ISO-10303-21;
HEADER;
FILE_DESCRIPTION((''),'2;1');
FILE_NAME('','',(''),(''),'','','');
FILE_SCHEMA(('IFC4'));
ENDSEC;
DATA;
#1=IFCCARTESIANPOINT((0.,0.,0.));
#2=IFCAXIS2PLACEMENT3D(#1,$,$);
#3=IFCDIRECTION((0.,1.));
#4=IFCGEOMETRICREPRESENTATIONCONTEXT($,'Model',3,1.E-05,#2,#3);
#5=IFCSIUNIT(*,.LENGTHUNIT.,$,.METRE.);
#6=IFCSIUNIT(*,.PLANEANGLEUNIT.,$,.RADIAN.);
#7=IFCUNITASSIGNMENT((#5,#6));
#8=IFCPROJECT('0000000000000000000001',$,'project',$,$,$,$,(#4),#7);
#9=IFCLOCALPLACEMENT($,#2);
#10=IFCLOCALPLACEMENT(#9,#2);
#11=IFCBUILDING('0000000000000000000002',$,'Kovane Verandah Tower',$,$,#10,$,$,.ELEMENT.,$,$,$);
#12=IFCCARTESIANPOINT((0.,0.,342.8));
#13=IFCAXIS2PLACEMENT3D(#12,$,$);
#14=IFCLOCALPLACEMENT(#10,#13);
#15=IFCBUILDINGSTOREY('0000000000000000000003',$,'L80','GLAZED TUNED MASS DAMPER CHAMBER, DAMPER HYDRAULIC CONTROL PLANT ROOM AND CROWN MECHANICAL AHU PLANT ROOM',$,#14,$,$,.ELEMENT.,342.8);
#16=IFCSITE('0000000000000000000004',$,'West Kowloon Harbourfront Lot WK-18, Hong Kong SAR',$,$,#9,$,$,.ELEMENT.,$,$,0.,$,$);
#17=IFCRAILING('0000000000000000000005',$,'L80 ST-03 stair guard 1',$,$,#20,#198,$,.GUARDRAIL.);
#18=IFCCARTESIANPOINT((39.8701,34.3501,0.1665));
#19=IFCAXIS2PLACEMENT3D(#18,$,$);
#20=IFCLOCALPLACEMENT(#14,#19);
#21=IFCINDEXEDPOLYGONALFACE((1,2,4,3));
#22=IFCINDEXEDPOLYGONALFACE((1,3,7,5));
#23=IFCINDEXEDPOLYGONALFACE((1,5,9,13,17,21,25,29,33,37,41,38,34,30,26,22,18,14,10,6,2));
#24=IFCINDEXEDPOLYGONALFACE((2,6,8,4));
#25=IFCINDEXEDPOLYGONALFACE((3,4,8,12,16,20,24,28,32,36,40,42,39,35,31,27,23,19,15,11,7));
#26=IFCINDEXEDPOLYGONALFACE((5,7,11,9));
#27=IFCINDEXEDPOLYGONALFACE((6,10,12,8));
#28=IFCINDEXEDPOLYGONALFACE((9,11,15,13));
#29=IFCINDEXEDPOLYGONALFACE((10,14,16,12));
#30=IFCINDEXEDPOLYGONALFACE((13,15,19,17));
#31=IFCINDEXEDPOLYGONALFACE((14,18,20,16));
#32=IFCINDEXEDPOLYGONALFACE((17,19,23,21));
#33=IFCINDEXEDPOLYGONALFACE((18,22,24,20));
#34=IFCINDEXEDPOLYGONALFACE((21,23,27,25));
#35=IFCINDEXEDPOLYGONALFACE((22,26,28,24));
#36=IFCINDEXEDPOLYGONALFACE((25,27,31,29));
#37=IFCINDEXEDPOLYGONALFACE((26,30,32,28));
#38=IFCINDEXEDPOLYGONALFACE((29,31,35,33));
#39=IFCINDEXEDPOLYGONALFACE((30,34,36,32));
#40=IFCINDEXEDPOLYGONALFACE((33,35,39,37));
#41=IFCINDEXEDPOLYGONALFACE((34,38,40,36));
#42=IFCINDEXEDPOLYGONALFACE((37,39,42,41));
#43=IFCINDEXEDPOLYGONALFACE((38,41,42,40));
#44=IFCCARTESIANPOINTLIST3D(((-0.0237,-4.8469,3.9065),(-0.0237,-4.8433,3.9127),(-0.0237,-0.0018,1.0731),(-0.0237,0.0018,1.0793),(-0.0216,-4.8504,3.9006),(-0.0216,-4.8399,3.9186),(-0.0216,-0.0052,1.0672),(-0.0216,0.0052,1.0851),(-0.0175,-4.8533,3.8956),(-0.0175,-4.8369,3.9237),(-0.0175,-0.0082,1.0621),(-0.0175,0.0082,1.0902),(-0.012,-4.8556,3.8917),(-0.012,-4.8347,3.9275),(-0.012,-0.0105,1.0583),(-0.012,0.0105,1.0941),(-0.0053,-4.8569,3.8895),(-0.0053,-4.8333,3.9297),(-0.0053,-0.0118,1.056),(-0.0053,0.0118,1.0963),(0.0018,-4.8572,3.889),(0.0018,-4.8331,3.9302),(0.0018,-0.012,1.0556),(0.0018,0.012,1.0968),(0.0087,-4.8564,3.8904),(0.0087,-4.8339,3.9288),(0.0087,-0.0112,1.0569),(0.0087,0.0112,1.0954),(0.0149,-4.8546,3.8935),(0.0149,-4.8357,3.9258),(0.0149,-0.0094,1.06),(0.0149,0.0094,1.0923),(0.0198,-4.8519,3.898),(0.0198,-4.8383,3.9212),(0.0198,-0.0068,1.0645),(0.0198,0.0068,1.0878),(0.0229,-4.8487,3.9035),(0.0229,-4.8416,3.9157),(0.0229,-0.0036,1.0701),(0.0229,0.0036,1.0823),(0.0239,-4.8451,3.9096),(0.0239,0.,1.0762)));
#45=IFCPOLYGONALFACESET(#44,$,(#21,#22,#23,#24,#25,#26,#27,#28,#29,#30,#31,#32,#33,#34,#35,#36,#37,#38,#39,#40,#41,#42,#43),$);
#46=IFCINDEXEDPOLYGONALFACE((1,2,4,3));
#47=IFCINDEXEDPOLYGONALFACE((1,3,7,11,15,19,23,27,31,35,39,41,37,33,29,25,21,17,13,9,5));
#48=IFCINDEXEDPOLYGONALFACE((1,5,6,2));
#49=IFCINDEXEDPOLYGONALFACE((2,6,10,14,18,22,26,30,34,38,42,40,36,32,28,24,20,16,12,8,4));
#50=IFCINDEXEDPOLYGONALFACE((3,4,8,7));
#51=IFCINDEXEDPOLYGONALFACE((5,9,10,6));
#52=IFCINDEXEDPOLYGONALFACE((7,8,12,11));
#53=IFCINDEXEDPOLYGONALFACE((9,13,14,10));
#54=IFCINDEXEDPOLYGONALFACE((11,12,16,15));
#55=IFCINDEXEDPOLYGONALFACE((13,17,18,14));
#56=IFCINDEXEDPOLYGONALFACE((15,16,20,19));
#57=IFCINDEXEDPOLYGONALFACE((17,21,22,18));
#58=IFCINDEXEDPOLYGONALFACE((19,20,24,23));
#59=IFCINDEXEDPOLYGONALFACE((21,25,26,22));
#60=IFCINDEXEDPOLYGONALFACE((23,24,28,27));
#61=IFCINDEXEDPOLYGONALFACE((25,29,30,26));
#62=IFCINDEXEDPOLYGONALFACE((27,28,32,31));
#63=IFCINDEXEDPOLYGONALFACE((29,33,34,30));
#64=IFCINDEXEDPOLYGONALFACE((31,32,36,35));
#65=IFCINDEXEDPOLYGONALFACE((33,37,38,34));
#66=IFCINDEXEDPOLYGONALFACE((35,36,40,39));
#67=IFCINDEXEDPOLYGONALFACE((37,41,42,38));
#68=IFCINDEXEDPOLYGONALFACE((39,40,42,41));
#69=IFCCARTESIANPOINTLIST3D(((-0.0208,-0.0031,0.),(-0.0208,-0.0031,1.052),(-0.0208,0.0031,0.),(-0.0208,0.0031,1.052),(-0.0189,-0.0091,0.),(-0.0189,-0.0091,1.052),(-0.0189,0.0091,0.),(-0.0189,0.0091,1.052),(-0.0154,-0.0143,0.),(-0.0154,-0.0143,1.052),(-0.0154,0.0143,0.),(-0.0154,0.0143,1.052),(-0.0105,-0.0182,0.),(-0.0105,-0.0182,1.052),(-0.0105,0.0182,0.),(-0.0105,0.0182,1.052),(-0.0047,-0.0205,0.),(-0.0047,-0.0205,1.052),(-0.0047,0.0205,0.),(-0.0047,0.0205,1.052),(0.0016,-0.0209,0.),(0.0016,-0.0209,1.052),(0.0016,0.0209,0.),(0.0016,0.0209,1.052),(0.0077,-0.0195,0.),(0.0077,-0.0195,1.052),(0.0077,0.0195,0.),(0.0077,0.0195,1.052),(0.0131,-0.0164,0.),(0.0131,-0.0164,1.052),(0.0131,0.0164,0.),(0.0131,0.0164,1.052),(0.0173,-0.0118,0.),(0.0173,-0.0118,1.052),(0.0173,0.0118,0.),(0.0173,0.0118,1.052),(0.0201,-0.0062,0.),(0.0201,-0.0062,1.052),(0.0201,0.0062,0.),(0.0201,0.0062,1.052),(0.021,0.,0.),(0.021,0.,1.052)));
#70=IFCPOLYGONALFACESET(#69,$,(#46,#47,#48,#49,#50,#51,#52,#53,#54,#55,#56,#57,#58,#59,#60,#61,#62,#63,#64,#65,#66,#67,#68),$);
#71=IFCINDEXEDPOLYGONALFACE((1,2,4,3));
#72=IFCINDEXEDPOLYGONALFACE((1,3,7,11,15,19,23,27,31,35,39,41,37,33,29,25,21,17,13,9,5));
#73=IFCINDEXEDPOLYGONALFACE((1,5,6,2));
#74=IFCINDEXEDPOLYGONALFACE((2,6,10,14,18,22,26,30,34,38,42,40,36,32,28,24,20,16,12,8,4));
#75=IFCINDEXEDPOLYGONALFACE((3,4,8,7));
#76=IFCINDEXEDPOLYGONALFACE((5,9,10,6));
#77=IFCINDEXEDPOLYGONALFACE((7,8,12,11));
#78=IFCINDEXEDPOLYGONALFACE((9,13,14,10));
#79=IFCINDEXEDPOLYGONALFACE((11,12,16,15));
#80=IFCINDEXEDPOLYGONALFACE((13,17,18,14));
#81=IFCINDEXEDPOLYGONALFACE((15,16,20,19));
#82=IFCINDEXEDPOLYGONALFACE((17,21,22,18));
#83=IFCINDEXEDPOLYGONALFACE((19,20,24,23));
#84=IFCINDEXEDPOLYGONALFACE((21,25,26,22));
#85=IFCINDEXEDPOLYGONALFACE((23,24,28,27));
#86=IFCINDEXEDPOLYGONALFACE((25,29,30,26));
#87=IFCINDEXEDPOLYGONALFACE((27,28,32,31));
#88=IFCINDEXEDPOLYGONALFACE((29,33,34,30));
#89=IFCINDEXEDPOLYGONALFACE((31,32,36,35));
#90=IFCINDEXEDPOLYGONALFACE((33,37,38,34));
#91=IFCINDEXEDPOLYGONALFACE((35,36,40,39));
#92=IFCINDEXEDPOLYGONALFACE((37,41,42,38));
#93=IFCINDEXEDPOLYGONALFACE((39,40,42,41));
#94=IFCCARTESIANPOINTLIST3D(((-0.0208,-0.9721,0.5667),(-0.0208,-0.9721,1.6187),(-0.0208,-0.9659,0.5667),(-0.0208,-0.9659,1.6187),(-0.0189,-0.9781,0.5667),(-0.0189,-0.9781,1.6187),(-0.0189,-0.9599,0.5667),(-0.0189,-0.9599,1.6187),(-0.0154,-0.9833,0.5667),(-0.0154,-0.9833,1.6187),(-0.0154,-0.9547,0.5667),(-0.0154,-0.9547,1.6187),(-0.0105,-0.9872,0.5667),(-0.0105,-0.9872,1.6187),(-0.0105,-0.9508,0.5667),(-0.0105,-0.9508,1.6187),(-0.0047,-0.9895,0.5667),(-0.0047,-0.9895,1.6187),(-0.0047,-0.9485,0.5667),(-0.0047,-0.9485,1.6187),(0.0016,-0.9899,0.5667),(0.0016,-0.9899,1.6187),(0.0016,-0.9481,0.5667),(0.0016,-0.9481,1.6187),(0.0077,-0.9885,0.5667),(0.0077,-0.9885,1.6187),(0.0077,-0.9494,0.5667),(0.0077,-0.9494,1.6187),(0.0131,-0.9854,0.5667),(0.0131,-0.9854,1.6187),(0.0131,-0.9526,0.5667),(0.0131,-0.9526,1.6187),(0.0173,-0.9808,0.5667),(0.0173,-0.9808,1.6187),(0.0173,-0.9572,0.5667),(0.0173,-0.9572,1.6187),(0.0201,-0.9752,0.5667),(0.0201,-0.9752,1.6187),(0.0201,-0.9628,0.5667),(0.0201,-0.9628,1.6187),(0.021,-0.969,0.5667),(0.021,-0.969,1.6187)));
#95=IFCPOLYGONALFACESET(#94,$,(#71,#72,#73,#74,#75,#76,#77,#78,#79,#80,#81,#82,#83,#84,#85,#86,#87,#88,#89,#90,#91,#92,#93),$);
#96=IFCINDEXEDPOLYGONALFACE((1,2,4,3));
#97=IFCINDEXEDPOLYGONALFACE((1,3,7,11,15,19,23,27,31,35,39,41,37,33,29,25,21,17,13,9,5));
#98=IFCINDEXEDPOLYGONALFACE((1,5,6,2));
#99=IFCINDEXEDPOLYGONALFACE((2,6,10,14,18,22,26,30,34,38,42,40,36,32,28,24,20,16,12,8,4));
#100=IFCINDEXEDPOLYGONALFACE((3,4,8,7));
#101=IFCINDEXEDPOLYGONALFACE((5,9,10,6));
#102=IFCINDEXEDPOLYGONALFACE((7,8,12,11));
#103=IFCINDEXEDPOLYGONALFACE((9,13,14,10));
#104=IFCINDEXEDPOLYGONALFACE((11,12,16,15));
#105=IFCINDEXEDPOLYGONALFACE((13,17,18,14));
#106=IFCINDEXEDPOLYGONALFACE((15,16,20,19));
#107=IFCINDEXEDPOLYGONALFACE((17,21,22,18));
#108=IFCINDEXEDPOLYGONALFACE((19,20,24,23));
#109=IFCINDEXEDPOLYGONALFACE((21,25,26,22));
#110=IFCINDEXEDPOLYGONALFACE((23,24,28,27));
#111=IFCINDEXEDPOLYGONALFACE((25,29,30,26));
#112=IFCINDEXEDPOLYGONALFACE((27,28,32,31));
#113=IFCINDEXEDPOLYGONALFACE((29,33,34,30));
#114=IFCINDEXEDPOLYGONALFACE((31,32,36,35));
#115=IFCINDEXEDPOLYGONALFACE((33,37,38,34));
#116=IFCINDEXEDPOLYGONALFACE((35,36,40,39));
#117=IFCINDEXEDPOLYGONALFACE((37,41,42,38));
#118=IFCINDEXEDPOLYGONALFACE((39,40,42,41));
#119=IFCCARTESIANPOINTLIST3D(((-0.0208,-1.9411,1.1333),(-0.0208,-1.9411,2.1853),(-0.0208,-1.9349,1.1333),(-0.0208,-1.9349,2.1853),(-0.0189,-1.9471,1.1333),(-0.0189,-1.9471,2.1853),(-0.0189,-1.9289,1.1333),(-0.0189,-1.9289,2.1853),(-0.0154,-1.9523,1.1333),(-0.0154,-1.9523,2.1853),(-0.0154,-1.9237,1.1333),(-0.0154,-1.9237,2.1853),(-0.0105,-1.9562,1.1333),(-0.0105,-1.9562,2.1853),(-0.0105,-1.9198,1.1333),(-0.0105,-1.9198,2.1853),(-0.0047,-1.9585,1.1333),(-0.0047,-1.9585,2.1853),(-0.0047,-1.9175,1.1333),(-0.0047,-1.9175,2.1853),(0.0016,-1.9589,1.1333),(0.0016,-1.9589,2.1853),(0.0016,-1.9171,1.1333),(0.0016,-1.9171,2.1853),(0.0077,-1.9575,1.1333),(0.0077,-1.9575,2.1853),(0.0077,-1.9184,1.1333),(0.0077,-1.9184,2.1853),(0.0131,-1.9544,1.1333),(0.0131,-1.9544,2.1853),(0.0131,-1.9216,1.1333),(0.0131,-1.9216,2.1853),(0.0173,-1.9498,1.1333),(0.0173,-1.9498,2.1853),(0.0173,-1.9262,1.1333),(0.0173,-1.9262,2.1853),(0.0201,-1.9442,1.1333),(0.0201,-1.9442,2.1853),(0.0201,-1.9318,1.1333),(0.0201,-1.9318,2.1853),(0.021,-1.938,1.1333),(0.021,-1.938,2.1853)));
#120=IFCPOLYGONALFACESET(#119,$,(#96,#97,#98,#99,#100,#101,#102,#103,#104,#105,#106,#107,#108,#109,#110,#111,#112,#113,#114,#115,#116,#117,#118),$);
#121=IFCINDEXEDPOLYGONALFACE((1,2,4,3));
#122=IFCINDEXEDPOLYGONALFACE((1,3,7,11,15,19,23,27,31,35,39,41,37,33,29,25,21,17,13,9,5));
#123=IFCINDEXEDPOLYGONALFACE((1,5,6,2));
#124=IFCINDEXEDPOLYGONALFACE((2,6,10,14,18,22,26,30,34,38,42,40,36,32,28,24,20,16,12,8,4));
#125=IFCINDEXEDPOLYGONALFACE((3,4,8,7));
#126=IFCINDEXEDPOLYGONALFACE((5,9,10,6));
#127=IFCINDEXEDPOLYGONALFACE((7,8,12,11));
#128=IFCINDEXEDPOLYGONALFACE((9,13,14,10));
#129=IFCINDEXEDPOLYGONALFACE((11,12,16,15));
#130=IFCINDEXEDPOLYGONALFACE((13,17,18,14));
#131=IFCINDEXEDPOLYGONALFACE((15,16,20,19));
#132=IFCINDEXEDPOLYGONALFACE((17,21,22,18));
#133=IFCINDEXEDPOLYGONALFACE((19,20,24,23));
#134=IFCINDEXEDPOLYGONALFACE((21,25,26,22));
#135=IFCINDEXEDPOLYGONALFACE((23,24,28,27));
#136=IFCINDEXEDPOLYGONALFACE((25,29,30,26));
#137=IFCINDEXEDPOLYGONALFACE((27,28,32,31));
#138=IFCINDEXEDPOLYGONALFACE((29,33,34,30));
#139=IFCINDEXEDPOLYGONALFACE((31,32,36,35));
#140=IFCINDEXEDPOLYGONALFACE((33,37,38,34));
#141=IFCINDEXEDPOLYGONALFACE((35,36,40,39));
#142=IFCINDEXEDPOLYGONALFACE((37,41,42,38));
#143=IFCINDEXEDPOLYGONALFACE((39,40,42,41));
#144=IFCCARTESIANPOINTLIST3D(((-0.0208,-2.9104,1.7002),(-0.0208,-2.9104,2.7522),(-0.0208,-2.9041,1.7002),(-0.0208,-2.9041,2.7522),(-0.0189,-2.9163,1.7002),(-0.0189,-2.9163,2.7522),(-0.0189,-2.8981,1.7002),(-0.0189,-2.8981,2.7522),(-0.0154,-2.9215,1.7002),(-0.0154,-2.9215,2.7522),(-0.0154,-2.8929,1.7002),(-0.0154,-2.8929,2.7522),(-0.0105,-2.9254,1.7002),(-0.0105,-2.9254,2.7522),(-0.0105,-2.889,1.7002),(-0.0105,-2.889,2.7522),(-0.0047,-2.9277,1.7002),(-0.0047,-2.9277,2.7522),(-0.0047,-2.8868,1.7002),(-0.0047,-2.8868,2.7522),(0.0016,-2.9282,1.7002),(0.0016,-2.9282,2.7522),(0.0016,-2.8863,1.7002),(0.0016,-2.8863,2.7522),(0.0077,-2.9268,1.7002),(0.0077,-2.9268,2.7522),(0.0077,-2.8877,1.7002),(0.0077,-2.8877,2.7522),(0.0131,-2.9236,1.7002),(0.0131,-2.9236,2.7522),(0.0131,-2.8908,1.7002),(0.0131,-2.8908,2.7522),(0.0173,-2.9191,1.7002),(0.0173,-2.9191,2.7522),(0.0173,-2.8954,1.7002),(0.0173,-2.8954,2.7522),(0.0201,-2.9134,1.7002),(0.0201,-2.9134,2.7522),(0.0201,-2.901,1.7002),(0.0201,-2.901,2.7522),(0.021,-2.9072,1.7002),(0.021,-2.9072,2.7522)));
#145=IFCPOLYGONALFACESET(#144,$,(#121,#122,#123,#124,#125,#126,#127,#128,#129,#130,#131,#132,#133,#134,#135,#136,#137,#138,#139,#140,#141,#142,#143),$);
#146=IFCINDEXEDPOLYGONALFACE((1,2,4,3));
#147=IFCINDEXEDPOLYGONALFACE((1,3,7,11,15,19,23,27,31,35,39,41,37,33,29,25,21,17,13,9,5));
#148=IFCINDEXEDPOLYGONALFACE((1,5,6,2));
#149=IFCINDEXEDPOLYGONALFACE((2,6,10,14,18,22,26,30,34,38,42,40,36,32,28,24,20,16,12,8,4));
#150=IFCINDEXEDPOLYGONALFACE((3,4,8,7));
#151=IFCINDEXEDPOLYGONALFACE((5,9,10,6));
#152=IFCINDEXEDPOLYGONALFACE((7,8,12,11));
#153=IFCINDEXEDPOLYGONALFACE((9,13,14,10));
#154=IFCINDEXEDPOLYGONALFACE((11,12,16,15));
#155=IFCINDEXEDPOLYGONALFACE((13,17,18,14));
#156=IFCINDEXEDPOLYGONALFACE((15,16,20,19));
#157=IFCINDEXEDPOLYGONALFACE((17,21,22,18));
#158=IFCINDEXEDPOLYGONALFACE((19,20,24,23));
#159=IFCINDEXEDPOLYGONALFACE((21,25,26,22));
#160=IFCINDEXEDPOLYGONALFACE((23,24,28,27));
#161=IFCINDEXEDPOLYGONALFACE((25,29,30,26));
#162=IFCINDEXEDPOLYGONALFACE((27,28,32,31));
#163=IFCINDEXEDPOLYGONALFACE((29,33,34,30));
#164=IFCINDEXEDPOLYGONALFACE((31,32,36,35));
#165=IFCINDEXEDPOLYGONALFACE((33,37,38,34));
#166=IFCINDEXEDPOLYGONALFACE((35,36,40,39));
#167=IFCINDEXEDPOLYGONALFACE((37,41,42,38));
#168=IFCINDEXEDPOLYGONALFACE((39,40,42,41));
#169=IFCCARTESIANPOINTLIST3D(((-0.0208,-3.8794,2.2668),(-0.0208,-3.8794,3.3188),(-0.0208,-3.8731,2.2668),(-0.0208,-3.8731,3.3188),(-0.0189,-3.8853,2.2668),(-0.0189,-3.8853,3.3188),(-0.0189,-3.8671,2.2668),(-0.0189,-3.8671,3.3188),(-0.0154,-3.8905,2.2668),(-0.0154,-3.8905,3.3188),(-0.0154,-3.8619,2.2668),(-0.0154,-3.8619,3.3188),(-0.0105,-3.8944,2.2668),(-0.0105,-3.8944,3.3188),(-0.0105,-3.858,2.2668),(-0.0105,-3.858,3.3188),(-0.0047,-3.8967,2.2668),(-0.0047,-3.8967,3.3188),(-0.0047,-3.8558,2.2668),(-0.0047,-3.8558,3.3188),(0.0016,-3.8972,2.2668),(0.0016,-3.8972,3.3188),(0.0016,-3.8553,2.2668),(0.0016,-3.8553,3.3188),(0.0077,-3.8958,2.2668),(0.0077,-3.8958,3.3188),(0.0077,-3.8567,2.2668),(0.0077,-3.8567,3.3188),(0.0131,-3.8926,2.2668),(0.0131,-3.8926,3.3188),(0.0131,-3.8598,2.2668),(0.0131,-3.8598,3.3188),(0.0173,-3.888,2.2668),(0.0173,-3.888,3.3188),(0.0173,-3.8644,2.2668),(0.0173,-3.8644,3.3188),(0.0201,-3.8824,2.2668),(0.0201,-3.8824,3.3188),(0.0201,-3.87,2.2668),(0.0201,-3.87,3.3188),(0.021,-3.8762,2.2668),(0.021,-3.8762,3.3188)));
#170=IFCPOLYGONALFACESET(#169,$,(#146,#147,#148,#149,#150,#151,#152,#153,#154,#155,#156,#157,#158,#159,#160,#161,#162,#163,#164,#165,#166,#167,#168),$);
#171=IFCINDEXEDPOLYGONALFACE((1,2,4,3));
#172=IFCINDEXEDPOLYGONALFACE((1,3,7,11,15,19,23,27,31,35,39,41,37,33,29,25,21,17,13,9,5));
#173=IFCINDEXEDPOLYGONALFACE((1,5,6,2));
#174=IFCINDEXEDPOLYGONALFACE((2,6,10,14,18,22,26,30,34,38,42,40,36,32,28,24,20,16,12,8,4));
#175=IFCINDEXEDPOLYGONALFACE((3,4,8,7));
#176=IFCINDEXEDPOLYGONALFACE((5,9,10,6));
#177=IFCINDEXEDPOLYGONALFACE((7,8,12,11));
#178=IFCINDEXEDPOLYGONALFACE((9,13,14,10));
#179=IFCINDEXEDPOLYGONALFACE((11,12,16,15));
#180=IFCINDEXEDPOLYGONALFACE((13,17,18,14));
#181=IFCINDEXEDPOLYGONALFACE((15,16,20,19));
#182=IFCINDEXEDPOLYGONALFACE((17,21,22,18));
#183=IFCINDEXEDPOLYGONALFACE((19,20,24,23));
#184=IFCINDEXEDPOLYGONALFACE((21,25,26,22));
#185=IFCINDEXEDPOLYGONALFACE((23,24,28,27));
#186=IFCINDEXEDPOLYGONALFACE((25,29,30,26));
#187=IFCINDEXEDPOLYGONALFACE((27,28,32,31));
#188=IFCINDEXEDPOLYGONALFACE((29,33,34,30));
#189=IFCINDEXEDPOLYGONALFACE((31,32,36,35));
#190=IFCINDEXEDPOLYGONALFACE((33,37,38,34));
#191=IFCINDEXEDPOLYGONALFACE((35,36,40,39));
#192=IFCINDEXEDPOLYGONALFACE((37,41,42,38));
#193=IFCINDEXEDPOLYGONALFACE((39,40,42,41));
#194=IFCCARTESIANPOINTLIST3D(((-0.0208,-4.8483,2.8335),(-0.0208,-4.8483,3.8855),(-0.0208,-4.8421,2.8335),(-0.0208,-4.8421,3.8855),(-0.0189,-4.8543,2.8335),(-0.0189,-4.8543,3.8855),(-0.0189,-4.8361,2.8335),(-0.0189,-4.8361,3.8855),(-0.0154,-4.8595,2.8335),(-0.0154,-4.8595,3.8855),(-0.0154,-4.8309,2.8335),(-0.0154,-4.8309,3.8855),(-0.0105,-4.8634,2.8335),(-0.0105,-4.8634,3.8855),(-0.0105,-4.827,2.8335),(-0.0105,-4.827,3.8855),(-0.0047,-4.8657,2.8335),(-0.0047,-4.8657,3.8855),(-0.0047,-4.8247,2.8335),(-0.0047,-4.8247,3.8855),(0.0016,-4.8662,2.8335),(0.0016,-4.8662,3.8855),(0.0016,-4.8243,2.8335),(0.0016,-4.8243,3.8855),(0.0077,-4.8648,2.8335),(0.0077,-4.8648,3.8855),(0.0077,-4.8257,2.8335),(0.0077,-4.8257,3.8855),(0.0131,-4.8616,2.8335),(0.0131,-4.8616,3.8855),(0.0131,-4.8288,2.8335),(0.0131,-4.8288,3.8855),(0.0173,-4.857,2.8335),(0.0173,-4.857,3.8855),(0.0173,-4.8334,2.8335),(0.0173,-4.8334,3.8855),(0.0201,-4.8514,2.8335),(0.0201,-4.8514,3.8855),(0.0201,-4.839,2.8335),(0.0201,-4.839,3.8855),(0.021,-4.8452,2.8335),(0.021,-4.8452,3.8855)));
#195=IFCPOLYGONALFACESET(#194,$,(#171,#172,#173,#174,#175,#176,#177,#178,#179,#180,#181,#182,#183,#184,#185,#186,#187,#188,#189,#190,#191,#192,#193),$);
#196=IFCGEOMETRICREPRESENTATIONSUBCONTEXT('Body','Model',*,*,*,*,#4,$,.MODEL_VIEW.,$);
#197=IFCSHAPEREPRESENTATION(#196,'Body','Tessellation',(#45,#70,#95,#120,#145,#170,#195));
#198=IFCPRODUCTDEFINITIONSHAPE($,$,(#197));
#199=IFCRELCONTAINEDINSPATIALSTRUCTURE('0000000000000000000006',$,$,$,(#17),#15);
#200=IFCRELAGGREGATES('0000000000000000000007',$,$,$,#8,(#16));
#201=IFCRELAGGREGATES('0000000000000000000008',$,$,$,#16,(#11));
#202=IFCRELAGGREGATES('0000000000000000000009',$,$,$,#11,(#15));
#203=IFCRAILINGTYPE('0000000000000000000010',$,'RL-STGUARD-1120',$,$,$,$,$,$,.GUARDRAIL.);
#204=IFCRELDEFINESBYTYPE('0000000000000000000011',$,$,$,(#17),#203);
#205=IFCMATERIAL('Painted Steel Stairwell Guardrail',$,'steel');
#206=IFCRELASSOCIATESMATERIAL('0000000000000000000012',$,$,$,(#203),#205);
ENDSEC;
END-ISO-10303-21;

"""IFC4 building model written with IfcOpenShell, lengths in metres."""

from ifc_helpers import new_model, si_unit, direction, frame, origin, origin_2d, place, context, subcontext, project, spatial, circle, extrude, material, type_object, element, save


model = new_model("IFC4")

# Units and contexts
model_context = context("Model", 3, precision=1e-05, world=origin(), true_north=direction((0.0, 1.0)))
body_context = subcontext(model_context, "Body", "Model", "MODEL_VIEW")
ifc_project = project(units=[si_unit("LENGTHUNIT", "METRE"), si_unit("PLANEANGLEUNIT", "RADIAN")], contexts=[model_context])

# Site, building, storey
site_placement = place(None, origin())
site = spatial("IfcSite", under=ifc_project, at=site_placement, Name="West Kowloon Harbourfront Lot WK-18, Hong Kong SAR", CompositionType="ELEMENT", RefElevation=0.0)
building_placement = place(site_placement, origin())
building = spatial("IfcBuilding", under=site, at=building_placement, Name="Kovane Verandah Tower", CompositionType="ELEMENT")
storey_placement = place(building_placement, frame((0.0, 0.0, 342.8)))
storey = spatial("IfcBuildingStorey", under=building, at=storey_placement, Name="L80", Description="GLAZED TUNED MASS DAMPER CHAMBER, DAMPER HYDRAULIC CONTROL PLANT ROOM AND CROWN MECHANICAL AHU PLANT ROOM", CompositionType="ELEMENT", Elevation=342.8)

# Railing
ifc_material_1 = material(Name="Painted Steel Stairwell Guardrail", Category="steel")
railing_type_1 = type_object("IfcRailingType", Name="RL-STGUARD-1120", PredefinedType="GUARDRAIL", material=ifc_material_1)
railing_1_placement = place(storey_placement, frame((39.8701, 34.3501, 0.1665)))
element("IfcRailing", 1, at=railing_1_placement, inside=storey, type_object=railing_type_1, Name="L80 ST-03 stair guard 1", PredefinedType="GUARDRAIL", context=body_context, shape_type="SweptSolid", body=[
    extrude(circle(Radius=0.0239, at=origin_2d()), frame((0.0, 0.0, 1.0762), z_axis=(0.0, -0.863226, 0.504817), x_axis=(1.0, 0.0, 0.0)), (0.0, 0.0, 1.0), 5.6128),
    extrude(circle(Radius=0.021, at=origin_2d()), origin(), (0.0, 0.0, 1.0), 1.052),
    extrude(circle(Radius=0.021, at=origin_2d()), frame((0.0, -0.969, 0.5667)), (0.0, 0.0, 1.0), 1.052),
    extrude(circle(Radius=0.021, at=origin_2d()), frame((0.0, -1.938, 1.1333)), (0.0, 0.0, 1.0), 1.052),
    extrude(circle(Radius=0.021, at=origin_2d()), frame((0.0, -2.9072, 1.7002)), (0.0, 0.0, 1.0), 1.052),
    extrude(circle(Radius=0.021, at=origin_2d()), frame((0.0, -3.8762, 2.2668)), (0.0, 0.0, 1.0), 1.052),
    extrude(circle(Radius=0.021, at=origin_2d()), frame((0.0, -4.8452, 2.8335)), (0.0, 0.0, 1.0), 1.052),
])

save(model, "model.ifc")
